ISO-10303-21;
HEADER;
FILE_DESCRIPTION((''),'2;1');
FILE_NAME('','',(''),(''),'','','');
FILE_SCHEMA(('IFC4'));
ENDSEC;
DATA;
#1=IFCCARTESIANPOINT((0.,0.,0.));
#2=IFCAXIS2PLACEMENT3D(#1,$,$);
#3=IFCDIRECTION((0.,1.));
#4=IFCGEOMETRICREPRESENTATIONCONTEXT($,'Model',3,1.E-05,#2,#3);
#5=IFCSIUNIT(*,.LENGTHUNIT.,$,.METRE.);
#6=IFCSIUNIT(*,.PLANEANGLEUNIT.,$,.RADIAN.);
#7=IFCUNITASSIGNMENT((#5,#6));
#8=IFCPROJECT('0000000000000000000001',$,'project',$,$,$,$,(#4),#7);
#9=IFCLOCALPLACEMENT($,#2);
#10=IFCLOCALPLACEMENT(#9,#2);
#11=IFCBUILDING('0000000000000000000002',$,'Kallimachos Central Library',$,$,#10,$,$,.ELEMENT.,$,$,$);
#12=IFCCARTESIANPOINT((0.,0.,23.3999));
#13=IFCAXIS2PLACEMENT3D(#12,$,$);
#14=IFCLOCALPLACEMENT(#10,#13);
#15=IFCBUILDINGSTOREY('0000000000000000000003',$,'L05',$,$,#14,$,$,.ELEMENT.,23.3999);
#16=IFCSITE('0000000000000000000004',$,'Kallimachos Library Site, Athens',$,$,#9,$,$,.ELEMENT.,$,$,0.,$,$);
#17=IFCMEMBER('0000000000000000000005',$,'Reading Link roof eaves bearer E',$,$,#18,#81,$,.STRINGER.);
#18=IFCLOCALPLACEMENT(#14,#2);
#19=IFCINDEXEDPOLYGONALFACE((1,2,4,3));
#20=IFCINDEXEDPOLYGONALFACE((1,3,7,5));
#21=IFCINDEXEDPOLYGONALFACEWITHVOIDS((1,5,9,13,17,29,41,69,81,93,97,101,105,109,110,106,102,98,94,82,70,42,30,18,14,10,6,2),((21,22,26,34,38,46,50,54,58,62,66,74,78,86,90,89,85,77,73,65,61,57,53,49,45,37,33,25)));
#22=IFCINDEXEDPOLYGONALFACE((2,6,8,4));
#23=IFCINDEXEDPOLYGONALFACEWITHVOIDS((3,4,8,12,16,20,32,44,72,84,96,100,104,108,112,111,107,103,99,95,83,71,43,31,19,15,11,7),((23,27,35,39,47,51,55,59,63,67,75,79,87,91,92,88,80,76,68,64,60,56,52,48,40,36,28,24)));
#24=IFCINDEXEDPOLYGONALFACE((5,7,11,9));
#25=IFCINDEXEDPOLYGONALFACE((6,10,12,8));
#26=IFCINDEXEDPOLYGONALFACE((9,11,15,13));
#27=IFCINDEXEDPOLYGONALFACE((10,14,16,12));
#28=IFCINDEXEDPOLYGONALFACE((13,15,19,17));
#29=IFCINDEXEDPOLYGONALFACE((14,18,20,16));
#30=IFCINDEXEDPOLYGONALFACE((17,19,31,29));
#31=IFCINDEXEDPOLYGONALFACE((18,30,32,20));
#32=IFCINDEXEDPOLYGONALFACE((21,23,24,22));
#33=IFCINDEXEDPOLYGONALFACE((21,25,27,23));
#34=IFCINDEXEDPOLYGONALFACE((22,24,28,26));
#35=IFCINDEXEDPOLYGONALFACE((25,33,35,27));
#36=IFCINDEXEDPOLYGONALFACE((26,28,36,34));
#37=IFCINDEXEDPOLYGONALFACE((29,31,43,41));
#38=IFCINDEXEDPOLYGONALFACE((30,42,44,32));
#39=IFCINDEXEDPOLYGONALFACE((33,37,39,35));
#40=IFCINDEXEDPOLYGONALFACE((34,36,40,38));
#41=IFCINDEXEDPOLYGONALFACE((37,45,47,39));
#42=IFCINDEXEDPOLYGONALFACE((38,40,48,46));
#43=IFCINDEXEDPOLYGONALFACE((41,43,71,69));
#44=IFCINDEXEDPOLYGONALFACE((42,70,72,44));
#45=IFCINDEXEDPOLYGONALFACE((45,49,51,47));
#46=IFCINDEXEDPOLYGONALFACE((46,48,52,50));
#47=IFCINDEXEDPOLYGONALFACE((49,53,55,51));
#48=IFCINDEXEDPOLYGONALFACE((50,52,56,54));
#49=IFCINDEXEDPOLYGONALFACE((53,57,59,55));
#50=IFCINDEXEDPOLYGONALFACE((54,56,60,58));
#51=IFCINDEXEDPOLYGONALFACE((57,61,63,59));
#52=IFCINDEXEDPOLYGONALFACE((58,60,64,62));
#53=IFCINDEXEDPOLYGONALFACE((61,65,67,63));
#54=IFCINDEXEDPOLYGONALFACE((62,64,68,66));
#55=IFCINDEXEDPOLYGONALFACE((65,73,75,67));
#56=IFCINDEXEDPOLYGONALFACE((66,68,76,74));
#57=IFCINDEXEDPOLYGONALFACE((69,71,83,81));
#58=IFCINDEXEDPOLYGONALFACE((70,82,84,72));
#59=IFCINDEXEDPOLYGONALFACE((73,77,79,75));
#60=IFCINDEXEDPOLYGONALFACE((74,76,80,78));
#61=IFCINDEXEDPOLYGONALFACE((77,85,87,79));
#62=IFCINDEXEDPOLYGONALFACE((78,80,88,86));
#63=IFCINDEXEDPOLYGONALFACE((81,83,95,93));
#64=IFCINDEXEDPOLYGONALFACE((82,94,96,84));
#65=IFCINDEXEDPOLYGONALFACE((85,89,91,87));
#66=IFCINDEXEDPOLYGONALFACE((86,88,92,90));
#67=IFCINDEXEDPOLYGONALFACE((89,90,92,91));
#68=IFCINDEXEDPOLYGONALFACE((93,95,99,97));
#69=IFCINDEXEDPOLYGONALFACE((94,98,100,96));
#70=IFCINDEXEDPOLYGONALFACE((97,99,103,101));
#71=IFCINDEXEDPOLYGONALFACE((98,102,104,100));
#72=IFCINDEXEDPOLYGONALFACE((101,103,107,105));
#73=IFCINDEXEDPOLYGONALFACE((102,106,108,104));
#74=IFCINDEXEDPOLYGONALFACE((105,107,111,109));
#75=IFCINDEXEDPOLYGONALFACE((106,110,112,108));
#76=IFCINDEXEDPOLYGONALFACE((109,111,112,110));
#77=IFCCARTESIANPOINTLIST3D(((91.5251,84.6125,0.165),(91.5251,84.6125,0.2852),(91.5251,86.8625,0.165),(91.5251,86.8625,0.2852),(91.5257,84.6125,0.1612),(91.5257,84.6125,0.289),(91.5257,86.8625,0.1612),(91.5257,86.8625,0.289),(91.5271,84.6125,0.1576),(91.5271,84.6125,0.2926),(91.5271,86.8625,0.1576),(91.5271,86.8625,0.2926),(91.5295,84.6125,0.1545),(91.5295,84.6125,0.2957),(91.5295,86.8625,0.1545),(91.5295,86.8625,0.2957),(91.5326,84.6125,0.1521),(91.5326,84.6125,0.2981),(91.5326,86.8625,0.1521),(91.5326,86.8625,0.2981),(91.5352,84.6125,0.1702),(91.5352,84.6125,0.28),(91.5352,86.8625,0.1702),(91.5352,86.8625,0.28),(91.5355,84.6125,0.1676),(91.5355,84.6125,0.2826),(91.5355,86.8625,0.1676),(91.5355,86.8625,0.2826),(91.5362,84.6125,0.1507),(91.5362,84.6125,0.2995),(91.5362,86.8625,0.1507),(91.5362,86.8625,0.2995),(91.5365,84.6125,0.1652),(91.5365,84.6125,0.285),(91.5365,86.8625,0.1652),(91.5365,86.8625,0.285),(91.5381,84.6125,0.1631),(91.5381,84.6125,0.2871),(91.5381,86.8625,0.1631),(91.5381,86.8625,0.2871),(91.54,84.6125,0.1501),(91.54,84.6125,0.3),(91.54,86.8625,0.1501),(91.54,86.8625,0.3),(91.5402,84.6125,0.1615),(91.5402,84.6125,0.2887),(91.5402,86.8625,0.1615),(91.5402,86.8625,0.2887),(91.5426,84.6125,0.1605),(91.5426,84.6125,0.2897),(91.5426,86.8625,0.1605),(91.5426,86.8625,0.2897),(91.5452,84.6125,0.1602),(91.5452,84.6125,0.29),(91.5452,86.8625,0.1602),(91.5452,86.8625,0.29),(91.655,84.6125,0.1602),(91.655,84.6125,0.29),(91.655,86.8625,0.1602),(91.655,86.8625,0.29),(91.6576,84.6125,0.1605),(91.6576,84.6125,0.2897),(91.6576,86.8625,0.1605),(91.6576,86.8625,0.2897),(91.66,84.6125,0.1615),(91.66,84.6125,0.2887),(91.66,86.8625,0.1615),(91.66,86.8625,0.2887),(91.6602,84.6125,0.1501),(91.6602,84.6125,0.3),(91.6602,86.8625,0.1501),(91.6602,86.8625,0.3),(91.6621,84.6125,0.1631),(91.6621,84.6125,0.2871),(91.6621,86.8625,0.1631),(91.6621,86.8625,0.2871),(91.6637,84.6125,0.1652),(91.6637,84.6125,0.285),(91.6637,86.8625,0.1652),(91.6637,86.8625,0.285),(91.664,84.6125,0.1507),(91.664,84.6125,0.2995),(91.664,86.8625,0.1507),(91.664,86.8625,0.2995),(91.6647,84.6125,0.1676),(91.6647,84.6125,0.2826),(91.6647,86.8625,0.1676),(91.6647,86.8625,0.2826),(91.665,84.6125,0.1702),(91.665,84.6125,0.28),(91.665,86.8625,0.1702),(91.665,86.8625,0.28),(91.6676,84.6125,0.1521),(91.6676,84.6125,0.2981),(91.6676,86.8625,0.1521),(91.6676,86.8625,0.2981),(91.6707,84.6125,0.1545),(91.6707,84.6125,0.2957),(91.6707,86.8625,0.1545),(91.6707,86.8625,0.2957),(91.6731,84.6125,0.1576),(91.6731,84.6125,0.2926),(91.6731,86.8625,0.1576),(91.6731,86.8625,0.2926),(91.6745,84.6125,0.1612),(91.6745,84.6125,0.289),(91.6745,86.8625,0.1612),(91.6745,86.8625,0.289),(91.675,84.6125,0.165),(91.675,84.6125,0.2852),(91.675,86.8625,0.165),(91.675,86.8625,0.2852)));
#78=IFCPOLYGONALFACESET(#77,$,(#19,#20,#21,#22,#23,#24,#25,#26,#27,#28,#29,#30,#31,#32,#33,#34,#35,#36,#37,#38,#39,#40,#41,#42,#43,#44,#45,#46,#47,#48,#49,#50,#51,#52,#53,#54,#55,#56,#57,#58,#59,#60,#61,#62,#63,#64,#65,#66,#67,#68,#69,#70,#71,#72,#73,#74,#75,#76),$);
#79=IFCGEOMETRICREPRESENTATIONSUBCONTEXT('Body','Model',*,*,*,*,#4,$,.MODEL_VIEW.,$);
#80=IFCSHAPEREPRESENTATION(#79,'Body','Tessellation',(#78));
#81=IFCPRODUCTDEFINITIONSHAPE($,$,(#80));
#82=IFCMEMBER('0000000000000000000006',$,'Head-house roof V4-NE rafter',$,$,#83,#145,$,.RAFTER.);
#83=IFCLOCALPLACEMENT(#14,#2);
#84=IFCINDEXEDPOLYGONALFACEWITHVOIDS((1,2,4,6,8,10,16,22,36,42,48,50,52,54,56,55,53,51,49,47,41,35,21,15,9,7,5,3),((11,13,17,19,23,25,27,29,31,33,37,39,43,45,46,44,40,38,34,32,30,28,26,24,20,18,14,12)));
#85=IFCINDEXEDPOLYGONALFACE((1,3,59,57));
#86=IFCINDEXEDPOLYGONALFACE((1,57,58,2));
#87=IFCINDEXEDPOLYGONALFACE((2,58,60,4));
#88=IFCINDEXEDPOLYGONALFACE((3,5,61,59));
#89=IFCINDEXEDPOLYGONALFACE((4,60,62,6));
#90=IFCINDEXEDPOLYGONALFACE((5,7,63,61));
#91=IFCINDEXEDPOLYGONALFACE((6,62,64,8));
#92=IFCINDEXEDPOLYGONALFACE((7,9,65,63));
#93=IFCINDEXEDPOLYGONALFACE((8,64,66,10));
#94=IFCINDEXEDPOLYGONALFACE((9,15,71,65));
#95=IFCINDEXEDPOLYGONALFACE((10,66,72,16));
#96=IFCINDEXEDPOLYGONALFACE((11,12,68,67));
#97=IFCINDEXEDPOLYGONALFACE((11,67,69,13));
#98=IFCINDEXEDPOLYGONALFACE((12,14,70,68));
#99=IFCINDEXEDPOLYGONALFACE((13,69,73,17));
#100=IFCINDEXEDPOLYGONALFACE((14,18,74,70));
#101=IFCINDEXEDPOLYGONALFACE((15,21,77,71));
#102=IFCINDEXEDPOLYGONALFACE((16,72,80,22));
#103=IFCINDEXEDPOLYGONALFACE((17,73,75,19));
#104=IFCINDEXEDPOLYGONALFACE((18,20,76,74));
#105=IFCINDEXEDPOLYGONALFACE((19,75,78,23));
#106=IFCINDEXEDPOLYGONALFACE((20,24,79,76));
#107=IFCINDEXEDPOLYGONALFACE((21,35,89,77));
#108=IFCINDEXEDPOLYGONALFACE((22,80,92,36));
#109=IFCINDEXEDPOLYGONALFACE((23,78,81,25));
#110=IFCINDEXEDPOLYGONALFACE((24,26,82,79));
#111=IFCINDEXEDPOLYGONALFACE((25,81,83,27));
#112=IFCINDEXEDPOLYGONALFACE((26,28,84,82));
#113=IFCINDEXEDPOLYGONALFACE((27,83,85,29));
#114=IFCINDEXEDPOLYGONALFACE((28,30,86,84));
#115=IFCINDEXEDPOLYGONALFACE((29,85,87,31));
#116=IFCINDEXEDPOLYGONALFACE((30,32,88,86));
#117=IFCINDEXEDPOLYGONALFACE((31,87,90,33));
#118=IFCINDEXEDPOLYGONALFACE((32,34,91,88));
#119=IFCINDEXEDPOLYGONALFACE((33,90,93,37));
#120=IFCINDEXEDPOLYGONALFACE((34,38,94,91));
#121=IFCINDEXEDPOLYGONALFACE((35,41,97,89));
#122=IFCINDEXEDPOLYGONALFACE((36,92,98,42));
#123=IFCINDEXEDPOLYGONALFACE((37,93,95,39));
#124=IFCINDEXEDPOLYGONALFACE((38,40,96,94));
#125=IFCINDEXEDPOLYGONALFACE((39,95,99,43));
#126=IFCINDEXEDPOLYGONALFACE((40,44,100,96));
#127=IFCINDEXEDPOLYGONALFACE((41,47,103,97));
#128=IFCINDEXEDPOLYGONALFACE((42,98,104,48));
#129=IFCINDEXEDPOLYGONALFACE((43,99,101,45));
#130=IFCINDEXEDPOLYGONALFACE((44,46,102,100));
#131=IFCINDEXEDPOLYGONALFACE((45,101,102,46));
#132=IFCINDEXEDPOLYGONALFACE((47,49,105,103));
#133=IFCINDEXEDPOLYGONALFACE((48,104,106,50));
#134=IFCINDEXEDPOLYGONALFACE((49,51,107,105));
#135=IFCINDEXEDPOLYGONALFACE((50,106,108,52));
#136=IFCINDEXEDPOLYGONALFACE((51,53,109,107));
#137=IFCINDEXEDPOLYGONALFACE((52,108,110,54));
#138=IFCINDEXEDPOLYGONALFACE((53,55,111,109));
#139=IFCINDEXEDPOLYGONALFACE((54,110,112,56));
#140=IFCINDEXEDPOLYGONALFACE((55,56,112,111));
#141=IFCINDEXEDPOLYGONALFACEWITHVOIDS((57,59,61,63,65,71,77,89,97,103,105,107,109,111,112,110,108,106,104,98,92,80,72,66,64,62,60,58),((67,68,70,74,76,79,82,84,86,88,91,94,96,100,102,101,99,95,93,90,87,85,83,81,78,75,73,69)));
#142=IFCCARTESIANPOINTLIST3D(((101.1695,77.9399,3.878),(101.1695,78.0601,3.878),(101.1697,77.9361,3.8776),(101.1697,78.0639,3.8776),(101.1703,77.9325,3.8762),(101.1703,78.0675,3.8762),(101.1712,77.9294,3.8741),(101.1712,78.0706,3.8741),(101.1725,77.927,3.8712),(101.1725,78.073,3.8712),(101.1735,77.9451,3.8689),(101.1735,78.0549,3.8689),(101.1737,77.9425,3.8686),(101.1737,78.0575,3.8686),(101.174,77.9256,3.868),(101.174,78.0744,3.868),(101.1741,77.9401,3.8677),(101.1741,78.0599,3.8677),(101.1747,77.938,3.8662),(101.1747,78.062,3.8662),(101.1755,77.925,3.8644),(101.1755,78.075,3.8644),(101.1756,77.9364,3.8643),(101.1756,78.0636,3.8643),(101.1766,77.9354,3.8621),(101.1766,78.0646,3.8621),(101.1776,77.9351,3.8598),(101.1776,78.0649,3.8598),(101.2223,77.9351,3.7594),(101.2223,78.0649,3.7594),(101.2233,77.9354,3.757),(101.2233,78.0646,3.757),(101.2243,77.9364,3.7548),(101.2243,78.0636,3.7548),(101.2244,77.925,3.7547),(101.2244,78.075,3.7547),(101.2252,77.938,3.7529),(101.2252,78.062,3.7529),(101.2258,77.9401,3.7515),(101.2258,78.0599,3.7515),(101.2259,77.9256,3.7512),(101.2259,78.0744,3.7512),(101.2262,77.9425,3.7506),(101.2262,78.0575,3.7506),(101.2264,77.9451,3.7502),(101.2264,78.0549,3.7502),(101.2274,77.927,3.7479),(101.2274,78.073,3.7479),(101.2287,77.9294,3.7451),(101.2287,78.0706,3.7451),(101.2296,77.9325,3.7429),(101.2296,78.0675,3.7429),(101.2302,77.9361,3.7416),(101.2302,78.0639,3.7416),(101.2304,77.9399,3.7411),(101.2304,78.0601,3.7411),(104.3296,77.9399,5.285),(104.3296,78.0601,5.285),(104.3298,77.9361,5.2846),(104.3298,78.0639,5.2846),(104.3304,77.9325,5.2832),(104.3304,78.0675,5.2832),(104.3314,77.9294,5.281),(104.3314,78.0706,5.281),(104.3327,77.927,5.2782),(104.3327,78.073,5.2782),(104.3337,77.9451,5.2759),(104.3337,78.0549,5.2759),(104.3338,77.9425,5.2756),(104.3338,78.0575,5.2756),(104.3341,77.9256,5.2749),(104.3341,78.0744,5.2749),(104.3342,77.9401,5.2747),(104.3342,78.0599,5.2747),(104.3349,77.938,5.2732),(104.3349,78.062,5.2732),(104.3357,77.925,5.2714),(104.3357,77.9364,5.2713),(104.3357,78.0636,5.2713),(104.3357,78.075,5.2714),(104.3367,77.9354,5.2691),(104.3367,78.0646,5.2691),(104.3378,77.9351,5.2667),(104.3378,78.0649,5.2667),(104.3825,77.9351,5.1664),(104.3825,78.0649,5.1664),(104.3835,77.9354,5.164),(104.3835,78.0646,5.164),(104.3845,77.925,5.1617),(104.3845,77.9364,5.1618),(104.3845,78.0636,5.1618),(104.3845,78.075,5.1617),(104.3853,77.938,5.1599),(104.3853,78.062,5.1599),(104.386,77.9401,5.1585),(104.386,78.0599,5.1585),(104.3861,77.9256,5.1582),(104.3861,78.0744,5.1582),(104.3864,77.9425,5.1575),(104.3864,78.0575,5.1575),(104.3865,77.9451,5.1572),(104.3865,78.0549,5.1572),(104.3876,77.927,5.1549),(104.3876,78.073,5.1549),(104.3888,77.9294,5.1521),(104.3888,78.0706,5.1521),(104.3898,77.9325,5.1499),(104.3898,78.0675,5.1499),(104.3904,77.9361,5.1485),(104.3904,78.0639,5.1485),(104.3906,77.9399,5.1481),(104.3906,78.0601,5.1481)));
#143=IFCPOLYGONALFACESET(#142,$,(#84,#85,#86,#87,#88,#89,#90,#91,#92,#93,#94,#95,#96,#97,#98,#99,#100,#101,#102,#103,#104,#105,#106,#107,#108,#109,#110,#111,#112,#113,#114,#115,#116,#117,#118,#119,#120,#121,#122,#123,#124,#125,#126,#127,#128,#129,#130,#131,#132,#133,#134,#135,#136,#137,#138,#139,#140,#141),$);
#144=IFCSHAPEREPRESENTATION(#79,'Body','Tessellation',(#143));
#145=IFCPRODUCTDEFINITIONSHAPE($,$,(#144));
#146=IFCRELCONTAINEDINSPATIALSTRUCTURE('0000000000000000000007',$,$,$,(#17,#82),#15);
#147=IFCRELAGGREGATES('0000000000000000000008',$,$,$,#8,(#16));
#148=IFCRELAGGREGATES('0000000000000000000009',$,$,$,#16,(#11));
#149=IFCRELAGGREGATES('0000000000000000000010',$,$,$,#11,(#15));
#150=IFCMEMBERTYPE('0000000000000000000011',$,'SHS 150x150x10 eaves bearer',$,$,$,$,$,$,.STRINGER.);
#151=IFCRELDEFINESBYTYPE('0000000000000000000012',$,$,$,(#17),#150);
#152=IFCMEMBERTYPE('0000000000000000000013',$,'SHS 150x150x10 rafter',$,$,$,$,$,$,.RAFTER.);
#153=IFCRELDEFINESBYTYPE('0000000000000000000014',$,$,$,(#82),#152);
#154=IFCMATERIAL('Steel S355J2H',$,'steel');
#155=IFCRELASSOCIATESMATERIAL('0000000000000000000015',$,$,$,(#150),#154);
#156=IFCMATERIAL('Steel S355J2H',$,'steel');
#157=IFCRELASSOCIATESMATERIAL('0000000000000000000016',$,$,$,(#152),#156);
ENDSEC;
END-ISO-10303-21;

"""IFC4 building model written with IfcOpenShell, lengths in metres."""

from ifc_helpers import new_model, si_unit, direction, frame, origin, origin_2d, place, context, subcontext, project, spatial, hollow_rectangle, extrude, material, material_profile, profile_set, type_object, element, save


model = new_model("IFC4")

# Units and contexts
model_context = context("Model", 3, precision=1e-05, world=origin(), true_north=direction((0.0, 1.0)))
body_context = subcontext(model_context, "Body", "Model", "MODEL_VIEW")
ifc_project = project(units=[si_unit("LENGTHUNIT", "METRE"), si_unit("PLANEANGLEUNIT", "RADIAN")], contexts=[model_context])

# Site, building, storey
site_placement = place(None, origin())
site = spatial("IfcSite", under=ifc_project, at=site_placement, Name="Kallimachos Library Site, Athens", CompositionType="ELEMENT", RefElevation=0.0)
building_placement = place(site_placement, origin())
building = spatial("IfcBuilding", under=site, at=building_placement, Name="Kallimachos Central Library", CompositionType="ELEMENT")
storey_placement = place(building_placement, frame((0.0, 0.0, 23.3999)))
storey = spatial("IfcBuildingStorey", under=building, at=storey_placement, Name="L05", CompositionType="ELEMENT", Elevation=23.3999)

# Members
ifc_material_1 = material(Name="Steel S355J2H", Category="steel")
ifc_material_profile_1 = material_profile(ifc_material_1, hollow_rectangle(XDim=0.1499, YDim=0.1499, WallThickness=0.01, InnerFilletRadius=0.01, OuterFilletRadius=0.0149, at=origin_2d()), Name="SHS 150x150x10")
ifc_profile_set_1 = profile_set([ifc_material_profile_1], Name="Steel S355J2H")
member_type_1 = type_object("IfcMemberType", Name="SHS 150x150x10 eaves bearer", PredefinedType="STRINGER", material=ifc_profile_set_1)
member_1_placement = place(storey_placement, frame((91.6001, 84.6125, 0.2251), z_axis=(0.0, 1.0, 0.0), x_axis=(-1.0, 0.0, 0.0)))
element("IfcMember", 1, at=member_1_placement, inside=storey, type_object=member_type_1, Name="Reading Link roof eaves bearer E", PredefinedType="STRINGER", context=body_context, shape_type="SweptSolid", body=[
    extrude(hollow_rectangle(XDim=0.1499, YDim=0.1499, WallThickness=0.01, InnerFilletRadius=0.01, OuterFilletRadius=0.0149, at=origin_2d()), origin(), (0.0, 0.0, 1.0), 2.25),
])
ifc_material_2 = material(Name="Steel S355J2H", Category="steel")
ifc_material_profile_2 = material_profile(ifc_material_2, hollow_rectangle(XDim=0.1499, YDim=0.1499, WallThickness=0.01, InnerFilletRadius=0.01, OuterFilletRadius=0.0149, at=origin_2d()), Name="SHS 150x150x10")
ifc_profile_set_2 = profile_set([ifc_material_profile_2], Name="Steel S355J2H")
member_type_2 = type_object("IfcMemberType", Name="SHS 150x150x10 rafter", PredefinedType="RAFTER", material=ifc_profile_set_2)
member_2_placement = place(storey_placement, frame((101.2, 78.0, 3.8096), z_axis=(0.913547, 0.0, 0.406734), x_axis=(0.0, 1.0, 0.0)))
element("IfcMember", 2, at=member_2_placement, inside=storey, type_object=member_type_2, Name="Head-house roof V4-NE rafter", PredefinedType="RAFTER", context=body_context, shape_type="SweptSolid", body=[
    extrude(hollow_rectangle(XDim=0.1499, YDim=0.1499, WallThickness=0.01, InnerFilletRadius=0.01, OuterFilletRadius=0.0149, at=origin_2d()), origin(), (0.0, 0.0, 1.0), 3.4592),
])

save(model, "model.ifc")
